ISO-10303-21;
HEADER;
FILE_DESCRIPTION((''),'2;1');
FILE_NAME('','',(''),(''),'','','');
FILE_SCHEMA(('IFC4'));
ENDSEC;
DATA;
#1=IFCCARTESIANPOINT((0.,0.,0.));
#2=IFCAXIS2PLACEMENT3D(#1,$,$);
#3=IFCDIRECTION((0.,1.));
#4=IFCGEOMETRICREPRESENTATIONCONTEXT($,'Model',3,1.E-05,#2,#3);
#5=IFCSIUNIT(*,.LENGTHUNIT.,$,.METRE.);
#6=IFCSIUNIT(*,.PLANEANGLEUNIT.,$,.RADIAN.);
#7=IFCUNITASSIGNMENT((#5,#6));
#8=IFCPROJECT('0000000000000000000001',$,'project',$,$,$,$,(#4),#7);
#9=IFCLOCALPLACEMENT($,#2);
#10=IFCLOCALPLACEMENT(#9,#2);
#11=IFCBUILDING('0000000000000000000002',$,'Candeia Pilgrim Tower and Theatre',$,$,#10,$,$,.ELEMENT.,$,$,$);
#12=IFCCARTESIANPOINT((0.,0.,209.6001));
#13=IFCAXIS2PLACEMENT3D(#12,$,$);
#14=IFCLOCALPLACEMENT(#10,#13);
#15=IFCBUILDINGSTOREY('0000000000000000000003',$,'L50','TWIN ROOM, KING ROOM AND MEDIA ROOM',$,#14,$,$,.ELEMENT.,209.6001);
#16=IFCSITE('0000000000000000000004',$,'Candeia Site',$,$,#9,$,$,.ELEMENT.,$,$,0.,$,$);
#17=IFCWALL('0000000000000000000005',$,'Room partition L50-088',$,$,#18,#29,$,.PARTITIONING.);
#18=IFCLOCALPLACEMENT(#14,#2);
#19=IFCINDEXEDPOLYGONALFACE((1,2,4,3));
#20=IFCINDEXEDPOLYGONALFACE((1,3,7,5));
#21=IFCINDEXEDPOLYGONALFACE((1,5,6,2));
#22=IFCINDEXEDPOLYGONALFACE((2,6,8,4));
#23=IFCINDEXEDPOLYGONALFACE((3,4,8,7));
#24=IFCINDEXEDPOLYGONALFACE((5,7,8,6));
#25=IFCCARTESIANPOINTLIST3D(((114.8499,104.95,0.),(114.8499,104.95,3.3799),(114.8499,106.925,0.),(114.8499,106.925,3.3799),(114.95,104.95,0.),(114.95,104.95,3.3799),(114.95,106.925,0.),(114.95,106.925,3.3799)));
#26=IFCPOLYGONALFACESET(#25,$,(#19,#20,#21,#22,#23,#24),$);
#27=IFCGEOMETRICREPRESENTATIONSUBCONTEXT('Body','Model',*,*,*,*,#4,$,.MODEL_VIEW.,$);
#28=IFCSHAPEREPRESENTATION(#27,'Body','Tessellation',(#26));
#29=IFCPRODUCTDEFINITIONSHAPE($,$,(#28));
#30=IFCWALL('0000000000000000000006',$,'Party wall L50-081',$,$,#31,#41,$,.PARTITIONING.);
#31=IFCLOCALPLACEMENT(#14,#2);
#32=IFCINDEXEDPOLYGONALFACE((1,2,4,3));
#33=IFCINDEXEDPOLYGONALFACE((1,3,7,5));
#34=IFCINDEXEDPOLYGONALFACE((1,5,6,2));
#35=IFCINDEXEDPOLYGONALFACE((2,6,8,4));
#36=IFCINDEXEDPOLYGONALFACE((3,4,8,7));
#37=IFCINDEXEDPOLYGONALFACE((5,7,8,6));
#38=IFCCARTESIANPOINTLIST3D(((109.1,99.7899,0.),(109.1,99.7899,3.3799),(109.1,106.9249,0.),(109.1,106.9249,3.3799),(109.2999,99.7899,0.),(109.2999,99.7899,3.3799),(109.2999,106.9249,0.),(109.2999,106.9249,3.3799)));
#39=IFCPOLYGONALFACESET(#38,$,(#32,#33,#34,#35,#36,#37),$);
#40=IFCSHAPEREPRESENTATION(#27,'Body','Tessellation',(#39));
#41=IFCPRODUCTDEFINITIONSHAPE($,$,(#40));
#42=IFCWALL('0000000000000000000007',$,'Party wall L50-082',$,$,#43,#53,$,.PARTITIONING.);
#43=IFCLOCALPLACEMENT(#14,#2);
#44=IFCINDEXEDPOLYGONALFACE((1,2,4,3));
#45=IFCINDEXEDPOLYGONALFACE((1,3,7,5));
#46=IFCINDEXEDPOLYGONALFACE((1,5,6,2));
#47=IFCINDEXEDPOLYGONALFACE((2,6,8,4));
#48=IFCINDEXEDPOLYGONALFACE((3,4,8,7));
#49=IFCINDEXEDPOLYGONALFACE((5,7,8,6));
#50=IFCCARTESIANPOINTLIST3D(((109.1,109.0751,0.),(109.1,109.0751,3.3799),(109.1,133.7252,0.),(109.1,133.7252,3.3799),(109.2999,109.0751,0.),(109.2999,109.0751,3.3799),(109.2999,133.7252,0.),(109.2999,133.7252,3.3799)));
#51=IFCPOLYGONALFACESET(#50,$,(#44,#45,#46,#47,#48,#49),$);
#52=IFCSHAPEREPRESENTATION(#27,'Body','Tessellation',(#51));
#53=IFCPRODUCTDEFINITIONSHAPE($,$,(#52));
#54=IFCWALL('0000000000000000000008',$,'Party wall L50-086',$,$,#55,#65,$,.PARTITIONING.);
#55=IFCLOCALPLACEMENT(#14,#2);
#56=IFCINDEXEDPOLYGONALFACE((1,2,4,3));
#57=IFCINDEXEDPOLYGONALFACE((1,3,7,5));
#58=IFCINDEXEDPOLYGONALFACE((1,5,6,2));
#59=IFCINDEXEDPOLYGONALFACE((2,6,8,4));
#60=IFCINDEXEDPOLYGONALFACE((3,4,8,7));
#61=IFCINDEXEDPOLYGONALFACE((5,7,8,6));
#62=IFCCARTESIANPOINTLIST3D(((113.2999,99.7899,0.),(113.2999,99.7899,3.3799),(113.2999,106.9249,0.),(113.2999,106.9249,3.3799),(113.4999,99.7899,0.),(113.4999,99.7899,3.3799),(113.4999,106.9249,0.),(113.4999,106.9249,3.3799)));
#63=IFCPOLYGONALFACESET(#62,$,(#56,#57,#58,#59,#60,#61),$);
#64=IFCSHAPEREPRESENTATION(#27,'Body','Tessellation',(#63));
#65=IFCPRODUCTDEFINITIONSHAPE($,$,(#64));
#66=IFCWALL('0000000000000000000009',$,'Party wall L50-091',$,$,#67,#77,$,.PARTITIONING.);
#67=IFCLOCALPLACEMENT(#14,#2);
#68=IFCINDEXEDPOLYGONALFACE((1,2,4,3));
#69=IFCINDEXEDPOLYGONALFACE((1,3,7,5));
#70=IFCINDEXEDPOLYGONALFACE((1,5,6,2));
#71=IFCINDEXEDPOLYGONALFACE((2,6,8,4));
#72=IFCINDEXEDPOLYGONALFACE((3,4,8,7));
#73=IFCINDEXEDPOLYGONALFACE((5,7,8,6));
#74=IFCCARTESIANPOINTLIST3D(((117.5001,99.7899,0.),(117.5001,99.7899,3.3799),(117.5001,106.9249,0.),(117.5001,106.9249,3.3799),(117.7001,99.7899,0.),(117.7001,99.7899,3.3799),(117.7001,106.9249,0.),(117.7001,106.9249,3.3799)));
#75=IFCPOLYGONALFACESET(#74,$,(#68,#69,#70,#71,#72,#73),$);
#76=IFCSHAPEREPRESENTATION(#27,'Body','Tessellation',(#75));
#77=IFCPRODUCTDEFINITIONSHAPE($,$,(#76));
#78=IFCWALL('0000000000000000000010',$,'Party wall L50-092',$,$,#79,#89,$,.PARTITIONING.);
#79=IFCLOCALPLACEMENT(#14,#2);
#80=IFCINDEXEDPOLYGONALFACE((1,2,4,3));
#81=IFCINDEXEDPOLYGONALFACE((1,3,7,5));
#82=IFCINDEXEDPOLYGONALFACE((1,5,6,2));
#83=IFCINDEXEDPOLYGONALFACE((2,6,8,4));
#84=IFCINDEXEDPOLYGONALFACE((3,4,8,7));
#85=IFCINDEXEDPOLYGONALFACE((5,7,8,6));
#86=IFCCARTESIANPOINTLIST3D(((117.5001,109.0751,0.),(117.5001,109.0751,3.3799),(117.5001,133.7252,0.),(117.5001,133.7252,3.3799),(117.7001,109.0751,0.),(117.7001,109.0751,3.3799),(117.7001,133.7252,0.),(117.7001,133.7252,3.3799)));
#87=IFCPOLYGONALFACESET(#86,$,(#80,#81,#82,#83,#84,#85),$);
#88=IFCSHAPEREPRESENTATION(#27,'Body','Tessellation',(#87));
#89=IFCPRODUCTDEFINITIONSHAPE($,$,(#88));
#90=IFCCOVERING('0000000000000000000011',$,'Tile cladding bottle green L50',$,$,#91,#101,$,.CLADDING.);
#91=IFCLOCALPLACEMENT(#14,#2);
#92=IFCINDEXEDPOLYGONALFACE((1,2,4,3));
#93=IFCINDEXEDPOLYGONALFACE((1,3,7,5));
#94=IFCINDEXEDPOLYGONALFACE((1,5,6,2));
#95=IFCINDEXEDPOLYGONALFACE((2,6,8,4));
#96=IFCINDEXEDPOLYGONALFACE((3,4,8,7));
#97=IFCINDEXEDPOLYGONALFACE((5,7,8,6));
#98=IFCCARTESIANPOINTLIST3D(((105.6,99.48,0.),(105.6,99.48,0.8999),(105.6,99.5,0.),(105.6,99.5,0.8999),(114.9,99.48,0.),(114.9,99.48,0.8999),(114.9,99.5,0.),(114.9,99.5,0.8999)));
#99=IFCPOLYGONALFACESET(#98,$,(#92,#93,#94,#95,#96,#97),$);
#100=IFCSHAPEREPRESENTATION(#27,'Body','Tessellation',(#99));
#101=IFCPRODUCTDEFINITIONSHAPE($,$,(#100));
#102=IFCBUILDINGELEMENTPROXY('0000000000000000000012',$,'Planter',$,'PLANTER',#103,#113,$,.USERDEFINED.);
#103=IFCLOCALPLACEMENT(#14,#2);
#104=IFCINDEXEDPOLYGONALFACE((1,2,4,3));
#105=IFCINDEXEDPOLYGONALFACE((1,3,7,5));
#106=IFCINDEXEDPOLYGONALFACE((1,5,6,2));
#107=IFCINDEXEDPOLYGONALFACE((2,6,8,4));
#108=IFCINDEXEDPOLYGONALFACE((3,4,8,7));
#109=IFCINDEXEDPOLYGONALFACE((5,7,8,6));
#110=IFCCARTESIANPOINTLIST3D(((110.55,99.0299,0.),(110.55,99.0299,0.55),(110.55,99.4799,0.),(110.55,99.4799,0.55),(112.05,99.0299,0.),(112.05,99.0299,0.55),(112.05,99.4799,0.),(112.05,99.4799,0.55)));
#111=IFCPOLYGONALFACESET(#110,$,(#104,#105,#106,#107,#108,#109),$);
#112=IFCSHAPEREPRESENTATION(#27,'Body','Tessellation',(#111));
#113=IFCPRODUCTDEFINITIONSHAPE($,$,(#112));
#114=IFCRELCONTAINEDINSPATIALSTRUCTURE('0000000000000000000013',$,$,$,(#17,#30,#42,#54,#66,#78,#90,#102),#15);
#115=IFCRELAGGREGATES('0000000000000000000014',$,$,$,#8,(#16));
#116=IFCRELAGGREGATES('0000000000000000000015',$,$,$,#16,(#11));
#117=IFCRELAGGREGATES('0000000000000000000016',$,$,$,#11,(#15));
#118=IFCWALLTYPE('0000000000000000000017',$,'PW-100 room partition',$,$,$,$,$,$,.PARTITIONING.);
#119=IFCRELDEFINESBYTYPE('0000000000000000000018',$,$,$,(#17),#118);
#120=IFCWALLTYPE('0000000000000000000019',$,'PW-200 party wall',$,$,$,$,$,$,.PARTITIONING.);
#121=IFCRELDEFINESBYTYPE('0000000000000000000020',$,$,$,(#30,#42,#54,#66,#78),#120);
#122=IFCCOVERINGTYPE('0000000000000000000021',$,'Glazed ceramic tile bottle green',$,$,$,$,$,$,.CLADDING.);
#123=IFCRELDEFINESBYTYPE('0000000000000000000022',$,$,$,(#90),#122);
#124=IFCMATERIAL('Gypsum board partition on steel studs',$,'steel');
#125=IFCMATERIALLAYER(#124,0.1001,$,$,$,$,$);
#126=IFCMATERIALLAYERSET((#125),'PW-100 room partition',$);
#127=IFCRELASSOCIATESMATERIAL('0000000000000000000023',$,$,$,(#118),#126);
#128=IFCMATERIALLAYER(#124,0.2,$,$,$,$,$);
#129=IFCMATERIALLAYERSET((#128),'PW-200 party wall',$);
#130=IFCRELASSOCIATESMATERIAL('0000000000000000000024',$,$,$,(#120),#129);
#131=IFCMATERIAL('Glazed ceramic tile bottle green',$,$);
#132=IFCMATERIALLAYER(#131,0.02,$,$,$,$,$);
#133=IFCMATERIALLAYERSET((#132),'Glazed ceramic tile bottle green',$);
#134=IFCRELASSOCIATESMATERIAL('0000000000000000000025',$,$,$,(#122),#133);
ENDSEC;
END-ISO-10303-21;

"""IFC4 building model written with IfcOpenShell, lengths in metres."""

from ifc_helpers import new_model, si_unit, direction, frame, frame_2d, origin, origin_2d, place, context, subcontext, project, spatial, rectangle, extrude, material, layer, layer_set, type_object, element, save


model = new_model("IFC4")

# Units and contexts
model_context = context("Model", 3, precision=1e-05, world=origin(), true_north=direction((0.0, 1.0)))
body_context = subcontext(model_context, "Body", "Model", "MODEL_VIEW")
ifc_project = project(units=[si_unit("LENGTHUNIT", "METRE"), si_unit("PLANEANGLEUNIT", "RADIAN")], contexts=[model_context])

# Site, building, storey
site_placement = place(None, origin())
site = spatial("IfcSite", under=ifc_project, at=site_placement, Name="Candeia Site", CompositionType="ELEMENT", RefElevation=0.0)
building_placement = place(site_placement, origin())
building = spatial("IfcBuilding", under=site, at=building_placement, Name="Candeia Pilgrim Tower and Theatre", CompositionType="ELEMENT")
storey_placement = place(building_placement, frame((0.0, 0.0, 209.6001)))
storey = spatial("IfcBuildingStorey", under=building, at=storey_placement, Name="L50", Description="TWIN ROOM, KING ROOM AND MEDIA ROOM", CompositionType="ELEMENT", Elevation=209.6001)

# Shared definitions
ifc_material_1 = material(Name="Gypsum board partition on steel studs", Category="steel")
ifc_layer_1 = layer(ifc_material_1, 0.1001)
ifc_layer_set_1 = layer_set([ifc_layer_1], Name="PW-100 room partition")
wall_type_1 = type_object("IfcWallType", Name="PW-100 room partition", PredefinedType="PARTITIONING", material=ifc_layer_set_1)

# Walls
wall_1_placement = place(storey_placement, frame((114.8999, 104.95, 0.0), z_axis=(0.0, 0.0, 1.0), x_axis=(0.0, 1.0, 0.0)))
element("IfcWall", 1, at=wall_1_placement, inside=storey, type_object=wall_type_1, Name="Room partition L50-088", PredefinedType="PARTITIONING", context=body_context, shape_type="SweptSolid", body=[
    extrude(rectangle(XDim=1.9751, YDim=0.1001, at=frame_2d((0.9875, 0.0))), origin(), (0.0, 0.0, 1.0), 3.3799),
])
ifc_layer_2 = layer(ifc_material_1, 0.2)
ifc_layer_set_2 = layer_set([ifc_layer_2], Name="PW-200 party wall")
wall_type_2 = type_object("IfcWallType", Name="PW-200 party wall", PredefinedType="PARTITIONING", material=ifc_layer_set_2)
wall_2_placement = place(storey_placement, frame((109.2, 99.79, 0.0), z_axis=(0.0, 0.0, 1.0), x_axis=(0.0, 1.0, 0.0)))
element("IfcWall", 2, at=wall_2_placement, inside=storey, type_object=wall_type_2, Name="Party wall L50-081", PredefinedType="PARTITIONING", context=body_context, shape_type="SweptSolid", body=[
    extrude(rectangle(XDim=7.135, YDim=0.2, at=frame_2d((3.5674, 0.0))), origin(), (0.0, 0.0, 1.0), 3.3799),
])
wall_3_placement = place(storey_placement, frame((109.2, 109.075, 0.0), z_axis=(0.0, 0.0, 1.0), x_axis=(0.0, 1.0, 0.0)))
element("IfcWall", 3, at=wall_3_placement, inside=storey, type_object=wall_type_2, Name="Party wall L50-082", PredefinedType="PARTITIONING", context=body_context, shape_type="SweptSolid", body=[
    extrude(rectangle(XDim=24.6501, YDim=0.2, at=frame_2d((12.3252, 0.0))), origin(), (0.0, 0.0, 1.0), 3.3799),
])
for number, where, z_axis, x_axis, name in (
    (4, (113.3999, 99.79, 0.0), (0.0, 0.0, 1.0), (0.0, 1.0, 0.0), "Party wall L50-086"),
    (5, (117.6001, 99.79, 0.0), (0.0, 0.0, 1.0), (0.0, 1.0, 0.0), "Party wall L50-091"),
):
    element("IfcWall", number, at=place(storey_placement, frame(where, z_axis=z_axis, x_axis=x_axis)), inside=storey, type_object=wall_type_2, Name=name, PredefinedType="PARTITIONING", context=body_context, shape_type="SweptSolid", body=[
        extrude(rectangle(XDim=7.135, YDim=0.2, at=frame_2d((3.5674, 0.0))), origin(), (0.0, 0.0, 1.0), 3.3799),
    ])
wall_4_placement = place(storey_placement, frame((117.6001, 109.075, 0.0), z_axis=(0.0, 0.0, 1.0), x_axis=(0.0, 1.0, 0.0)))
element("IfcWall", 6, at=wall_4_placement, inside=storey, type_object=wall_type_2, Name="Party wall L50-092", PredefinedType="PARTITIONING", context=body_context, shape_type="SweptSolid", body=[
    extrude(rectangle(XDim=24.6501, YDim=0.2, at=frame_2d((12.3252, 0.0))), origin(), (0.0, 0.0, 1.0), 3.3799),
])

# Covering
ifc_material_2 = material(Name="Glazed ceramic tile bottle green")
ifc_layer_3 = layer(ifc_material_2, 0.02)
ifc_layer_set_3 = layer_set([ifc_layer_3], Name="Glazed ceramic tile bottle green")
covering_type = type_object("IfcCoveringType", Name="Glazed ceramic tile bottle green", PredefinedType="CLADDING", material=ifc_layer_set_3)
covering_placement = place(storey_placement, frame((110.25, 99.49, 0.0), z_axis=(0.0, 0.0, 1.0), x_axis=(1.0, 0.0, 0.0)))
element("IfcCovering", 7, at=covering_placement, inside=storey, type_object=covering_type, Name="Tile cladding bottle green L50", PredefinedType="CLADDING", context=body_context, shape_type="SweptSolid", body=[
    extrude(rectangle(XDim=9.3, YDim=0.02, at=origin_2d()), origin(), (0.0, 0.0, 1.0), 0.8999),
])

# Building element proxy
proxy_placement = place(storey_placement, frame((111.3, 99.2549, 0.0), z_axis=(0.0, 0.0, 1.0), x_axis=(1.0, 0.0, 0.0)))
element("IfcBuildingElementProxy", 8, at=proxy_placement, inside=storey, Name="Planter", ObjectType="PLANTER", PredefinedType="USERDEFINED", context=body_context, shape_type="SweptSolid", body=[
    extrude(rectangle(XDim=1.5, YDim=0.45, at=origin_2d()), origin(), (0.0, 0.0, 1.0), 0.55),
])

save(model, "model.ifc")
